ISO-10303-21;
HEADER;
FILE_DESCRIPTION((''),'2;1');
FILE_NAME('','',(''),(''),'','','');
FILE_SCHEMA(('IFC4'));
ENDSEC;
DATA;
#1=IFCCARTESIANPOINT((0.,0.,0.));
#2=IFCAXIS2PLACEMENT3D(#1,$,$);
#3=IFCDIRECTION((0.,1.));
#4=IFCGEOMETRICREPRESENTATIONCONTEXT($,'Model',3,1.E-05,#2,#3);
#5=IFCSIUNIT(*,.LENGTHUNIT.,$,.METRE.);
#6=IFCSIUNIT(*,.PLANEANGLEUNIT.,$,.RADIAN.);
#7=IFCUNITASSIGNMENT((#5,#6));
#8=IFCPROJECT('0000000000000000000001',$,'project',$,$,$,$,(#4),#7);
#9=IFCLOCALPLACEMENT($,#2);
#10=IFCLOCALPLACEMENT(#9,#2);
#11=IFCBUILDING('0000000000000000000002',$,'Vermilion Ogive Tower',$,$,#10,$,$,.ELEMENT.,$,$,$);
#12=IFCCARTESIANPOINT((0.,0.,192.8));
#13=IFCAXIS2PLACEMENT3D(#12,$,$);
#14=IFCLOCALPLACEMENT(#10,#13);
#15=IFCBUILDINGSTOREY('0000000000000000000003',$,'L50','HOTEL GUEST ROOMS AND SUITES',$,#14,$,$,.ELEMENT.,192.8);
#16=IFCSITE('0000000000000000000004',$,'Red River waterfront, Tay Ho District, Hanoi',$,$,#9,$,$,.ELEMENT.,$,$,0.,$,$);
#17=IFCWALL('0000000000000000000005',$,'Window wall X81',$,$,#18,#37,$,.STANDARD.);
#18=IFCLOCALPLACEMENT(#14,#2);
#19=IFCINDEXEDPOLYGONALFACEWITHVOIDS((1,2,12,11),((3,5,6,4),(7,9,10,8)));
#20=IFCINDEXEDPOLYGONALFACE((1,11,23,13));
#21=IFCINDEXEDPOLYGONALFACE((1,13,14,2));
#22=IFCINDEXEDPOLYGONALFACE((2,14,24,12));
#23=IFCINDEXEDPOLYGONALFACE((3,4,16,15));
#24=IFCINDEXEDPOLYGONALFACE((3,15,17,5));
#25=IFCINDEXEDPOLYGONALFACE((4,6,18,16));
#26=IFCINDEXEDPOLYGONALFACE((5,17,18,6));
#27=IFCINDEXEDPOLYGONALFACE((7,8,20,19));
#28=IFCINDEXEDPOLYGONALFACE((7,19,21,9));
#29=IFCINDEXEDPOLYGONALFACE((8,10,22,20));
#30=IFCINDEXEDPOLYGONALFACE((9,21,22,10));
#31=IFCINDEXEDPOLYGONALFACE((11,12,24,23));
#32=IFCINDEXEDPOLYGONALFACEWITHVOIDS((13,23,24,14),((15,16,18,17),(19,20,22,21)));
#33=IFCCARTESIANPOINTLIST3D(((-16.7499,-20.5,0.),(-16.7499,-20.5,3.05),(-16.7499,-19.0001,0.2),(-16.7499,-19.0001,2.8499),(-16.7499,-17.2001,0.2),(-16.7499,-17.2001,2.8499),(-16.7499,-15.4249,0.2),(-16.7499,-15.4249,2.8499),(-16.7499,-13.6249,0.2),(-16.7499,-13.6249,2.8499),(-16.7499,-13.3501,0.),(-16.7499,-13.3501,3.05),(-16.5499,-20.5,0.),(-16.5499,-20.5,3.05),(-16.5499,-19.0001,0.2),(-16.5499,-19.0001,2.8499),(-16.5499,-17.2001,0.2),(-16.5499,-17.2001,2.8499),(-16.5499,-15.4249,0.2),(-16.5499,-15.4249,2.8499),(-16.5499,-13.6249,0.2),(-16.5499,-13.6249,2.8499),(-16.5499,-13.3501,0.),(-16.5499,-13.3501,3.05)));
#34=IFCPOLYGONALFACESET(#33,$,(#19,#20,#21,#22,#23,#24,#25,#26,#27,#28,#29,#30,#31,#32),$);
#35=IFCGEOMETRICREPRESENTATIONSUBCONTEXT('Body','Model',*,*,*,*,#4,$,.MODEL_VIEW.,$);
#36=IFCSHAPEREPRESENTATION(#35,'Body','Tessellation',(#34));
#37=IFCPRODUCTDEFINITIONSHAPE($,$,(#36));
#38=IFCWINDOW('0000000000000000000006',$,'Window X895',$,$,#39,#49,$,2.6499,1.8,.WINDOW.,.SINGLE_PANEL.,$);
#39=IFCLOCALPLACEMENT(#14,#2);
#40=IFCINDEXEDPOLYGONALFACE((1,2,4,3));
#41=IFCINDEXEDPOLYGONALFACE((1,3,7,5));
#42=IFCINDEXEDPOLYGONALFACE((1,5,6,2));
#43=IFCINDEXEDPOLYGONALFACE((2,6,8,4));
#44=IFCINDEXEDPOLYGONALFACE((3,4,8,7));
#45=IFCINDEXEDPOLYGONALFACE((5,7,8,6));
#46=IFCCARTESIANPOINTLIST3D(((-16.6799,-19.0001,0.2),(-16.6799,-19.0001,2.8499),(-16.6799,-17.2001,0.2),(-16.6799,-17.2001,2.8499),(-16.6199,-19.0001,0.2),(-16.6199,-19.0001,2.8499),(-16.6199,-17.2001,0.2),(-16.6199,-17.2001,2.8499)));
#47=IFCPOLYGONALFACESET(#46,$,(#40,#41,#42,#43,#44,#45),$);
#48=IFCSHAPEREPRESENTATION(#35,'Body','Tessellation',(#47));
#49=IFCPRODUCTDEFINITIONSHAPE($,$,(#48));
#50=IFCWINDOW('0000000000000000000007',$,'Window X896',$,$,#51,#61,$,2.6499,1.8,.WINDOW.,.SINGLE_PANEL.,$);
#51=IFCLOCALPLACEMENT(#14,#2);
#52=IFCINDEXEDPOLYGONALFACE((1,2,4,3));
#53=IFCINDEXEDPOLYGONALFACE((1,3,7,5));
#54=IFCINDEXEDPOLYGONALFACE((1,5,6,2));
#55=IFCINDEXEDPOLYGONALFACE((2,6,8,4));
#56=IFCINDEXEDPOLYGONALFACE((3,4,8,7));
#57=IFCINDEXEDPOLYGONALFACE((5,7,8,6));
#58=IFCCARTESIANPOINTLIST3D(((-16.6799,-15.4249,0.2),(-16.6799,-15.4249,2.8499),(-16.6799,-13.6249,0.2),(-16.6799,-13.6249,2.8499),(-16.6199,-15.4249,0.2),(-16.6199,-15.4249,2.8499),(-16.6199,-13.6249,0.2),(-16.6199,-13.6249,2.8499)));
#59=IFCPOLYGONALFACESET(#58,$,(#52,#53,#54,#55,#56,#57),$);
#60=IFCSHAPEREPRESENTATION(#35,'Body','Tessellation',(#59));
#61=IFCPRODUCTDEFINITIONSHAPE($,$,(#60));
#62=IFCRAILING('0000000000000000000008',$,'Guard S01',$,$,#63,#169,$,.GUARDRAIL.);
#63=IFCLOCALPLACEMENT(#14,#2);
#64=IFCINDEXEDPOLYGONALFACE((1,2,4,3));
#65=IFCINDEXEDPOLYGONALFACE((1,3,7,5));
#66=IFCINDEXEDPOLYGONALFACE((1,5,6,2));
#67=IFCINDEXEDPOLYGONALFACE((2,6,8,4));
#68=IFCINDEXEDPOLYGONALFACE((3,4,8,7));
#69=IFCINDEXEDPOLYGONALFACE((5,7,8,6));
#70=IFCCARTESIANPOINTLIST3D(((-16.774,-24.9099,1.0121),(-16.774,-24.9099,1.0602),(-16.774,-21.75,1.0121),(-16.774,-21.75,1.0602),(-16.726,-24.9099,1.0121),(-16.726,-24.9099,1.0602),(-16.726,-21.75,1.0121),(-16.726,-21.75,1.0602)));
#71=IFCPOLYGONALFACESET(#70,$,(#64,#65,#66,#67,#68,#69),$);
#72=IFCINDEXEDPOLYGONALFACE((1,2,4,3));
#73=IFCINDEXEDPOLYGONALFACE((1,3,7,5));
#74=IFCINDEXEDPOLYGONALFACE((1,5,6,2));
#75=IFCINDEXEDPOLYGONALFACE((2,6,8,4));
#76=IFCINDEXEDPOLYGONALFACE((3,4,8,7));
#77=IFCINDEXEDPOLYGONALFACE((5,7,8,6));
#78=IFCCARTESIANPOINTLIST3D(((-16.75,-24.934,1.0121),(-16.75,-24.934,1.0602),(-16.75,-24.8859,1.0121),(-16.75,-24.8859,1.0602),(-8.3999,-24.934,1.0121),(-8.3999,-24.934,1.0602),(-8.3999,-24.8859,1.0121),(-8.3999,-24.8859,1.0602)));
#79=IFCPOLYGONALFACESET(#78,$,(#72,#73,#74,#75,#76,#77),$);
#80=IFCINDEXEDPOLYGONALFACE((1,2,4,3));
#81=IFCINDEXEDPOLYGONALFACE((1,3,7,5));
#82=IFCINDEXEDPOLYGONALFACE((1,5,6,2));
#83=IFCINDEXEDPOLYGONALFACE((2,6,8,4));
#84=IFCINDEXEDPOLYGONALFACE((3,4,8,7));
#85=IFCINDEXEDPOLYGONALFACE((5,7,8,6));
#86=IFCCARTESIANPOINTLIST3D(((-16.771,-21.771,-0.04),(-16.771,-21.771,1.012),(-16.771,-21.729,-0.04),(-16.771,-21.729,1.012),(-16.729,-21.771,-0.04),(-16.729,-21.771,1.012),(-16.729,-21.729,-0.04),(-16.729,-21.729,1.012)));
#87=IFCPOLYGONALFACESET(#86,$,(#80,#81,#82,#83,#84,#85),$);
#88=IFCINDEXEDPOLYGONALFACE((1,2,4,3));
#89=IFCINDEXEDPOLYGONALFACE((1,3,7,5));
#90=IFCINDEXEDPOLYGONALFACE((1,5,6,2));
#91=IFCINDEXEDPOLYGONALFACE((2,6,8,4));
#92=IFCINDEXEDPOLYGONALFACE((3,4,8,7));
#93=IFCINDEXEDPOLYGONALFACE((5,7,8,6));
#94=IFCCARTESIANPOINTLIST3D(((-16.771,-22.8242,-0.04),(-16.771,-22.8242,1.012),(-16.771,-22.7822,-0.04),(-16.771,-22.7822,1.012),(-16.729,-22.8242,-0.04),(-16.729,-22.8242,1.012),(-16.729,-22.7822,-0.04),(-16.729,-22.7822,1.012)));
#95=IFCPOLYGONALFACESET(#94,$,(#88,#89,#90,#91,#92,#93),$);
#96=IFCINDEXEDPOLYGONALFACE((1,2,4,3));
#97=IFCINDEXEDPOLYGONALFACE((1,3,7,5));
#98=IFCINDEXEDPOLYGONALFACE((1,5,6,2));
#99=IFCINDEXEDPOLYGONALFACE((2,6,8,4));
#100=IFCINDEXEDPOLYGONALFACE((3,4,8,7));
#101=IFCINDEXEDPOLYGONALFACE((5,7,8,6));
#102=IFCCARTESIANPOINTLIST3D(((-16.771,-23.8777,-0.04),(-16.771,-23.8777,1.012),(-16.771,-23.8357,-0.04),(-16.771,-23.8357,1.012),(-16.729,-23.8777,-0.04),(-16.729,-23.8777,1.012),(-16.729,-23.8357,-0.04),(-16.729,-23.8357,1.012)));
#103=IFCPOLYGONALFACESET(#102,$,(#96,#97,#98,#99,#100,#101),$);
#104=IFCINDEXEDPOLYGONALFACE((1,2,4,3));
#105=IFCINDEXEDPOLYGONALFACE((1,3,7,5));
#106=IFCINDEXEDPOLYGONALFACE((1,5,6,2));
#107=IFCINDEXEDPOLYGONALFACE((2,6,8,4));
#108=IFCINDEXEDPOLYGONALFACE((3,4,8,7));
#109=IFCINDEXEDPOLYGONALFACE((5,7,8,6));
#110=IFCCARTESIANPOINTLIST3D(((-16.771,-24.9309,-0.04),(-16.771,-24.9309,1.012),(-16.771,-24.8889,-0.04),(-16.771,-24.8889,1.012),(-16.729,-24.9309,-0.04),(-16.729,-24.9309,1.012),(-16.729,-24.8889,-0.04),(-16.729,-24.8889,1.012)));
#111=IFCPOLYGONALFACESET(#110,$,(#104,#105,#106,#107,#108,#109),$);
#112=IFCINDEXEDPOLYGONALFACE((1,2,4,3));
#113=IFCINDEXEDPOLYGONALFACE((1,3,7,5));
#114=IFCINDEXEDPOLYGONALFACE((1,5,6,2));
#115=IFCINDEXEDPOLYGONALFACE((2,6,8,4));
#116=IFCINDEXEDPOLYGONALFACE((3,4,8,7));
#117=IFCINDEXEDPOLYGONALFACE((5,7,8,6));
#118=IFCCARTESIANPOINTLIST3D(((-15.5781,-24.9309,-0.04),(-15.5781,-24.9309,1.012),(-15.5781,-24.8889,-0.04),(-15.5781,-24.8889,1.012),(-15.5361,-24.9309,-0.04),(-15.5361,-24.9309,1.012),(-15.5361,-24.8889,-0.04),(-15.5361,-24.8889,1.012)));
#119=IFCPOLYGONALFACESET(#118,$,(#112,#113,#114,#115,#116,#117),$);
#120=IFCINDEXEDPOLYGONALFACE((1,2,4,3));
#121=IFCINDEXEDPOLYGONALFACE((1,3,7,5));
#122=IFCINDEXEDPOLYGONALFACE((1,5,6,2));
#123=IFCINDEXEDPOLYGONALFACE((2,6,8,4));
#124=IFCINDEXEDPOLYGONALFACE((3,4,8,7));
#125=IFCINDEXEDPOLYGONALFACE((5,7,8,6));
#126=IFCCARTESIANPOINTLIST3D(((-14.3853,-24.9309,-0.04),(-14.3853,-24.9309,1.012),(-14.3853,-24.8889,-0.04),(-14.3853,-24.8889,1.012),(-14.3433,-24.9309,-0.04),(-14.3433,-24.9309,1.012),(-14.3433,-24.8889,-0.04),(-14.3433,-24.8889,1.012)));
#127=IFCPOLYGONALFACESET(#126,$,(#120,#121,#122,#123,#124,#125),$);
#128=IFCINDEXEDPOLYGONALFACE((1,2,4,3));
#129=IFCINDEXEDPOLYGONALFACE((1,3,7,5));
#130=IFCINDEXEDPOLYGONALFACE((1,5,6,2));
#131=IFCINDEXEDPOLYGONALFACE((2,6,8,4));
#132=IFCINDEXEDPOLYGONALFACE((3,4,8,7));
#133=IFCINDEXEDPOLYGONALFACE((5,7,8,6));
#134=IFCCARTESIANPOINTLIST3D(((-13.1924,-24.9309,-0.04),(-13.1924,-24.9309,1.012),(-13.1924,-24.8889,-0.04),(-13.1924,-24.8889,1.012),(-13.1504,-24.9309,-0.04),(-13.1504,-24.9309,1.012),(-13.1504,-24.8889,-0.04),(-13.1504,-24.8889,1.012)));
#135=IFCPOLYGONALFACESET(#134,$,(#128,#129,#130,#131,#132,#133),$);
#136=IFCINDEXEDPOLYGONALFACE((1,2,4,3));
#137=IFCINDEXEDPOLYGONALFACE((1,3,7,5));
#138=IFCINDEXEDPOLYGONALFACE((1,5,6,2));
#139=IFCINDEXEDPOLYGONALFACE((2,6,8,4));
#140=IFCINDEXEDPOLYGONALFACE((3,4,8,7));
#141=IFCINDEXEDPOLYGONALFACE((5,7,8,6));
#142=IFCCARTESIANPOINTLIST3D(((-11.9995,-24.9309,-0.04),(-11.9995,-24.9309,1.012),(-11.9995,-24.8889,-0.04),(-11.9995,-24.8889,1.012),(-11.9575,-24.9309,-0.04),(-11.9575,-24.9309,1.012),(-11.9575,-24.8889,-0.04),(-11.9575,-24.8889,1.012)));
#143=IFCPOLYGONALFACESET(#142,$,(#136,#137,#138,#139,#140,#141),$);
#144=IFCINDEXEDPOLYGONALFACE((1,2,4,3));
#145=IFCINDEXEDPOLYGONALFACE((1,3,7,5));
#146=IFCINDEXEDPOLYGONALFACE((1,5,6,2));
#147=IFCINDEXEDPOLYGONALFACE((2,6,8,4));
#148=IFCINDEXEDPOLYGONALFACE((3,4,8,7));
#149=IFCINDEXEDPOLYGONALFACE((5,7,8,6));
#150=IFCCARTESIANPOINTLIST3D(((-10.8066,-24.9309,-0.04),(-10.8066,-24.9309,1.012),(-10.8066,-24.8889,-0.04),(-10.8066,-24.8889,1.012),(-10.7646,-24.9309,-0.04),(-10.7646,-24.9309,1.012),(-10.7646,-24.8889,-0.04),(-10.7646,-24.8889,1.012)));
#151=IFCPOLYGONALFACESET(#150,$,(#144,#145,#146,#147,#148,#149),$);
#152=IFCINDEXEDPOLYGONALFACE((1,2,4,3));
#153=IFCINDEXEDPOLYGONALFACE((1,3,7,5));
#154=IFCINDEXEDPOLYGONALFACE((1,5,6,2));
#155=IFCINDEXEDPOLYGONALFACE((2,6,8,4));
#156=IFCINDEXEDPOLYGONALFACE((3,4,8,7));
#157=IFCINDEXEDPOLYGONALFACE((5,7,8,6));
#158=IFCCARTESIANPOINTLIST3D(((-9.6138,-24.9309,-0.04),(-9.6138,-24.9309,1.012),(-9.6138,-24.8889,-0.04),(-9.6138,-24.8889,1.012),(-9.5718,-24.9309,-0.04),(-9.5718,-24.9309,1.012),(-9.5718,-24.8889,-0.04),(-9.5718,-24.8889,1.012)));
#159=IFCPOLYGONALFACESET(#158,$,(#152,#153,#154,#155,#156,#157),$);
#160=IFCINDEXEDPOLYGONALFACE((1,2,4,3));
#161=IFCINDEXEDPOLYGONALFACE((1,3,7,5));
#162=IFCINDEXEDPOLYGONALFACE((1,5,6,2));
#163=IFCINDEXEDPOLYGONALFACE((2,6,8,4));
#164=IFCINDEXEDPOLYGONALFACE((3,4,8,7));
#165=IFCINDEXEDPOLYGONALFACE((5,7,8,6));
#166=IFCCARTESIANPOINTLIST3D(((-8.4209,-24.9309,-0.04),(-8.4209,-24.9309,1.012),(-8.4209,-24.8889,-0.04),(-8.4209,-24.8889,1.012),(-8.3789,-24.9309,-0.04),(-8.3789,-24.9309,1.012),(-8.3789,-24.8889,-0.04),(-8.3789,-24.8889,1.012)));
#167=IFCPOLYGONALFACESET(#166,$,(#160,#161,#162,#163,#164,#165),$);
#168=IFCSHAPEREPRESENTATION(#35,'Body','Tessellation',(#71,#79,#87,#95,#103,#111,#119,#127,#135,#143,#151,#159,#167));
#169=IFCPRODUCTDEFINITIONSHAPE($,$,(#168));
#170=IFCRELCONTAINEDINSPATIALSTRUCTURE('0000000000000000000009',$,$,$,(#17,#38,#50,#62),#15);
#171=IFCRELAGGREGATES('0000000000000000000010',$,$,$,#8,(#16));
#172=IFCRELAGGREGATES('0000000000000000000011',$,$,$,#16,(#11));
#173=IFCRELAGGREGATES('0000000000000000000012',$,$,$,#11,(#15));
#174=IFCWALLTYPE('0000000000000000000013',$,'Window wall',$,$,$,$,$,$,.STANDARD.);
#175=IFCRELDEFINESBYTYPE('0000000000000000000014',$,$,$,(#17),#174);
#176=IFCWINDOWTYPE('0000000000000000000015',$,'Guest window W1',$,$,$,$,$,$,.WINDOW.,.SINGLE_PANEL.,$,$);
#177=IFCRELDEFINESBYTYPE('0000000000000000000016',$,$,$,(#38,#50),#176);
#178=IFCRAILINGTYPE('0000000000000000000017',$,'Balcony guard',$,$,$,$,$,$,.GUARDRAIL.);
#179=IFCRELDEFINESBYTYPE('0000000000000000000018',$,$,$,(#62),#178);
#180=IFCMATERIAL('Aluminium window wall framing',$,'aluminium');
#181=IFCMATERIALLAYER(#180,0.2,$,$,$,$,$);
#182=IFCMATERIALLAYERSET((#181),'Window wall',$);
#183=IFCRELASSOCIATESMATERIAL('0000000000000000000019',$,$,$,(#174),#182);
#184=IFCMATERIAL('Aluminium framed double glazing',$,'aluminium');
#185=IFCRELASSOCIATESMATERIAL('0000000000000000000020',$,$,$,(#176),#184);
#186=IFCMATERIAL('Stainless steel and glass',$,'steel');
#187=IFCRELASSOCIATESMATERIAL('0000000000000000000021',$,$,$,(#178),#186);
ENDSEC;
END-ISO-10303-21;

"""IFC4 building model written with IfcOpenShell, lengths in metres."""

from ifc_helpers import new_model, si_unit, direction, frame, frame_2d, origin, origin_2d, place, context, subcontext, project, spatial, rectangle, extrude, material, layer, layer_set, type_object, element, fill, save


model = new_model("IFC4")

# Units and contexts
model_context = context("Model", 3, precision=1e-05, world=origin(), true_north=direction((0.0, 1.0)))
body_context = subcontext(model_context, "Body", "Model", "MODEL_VIEW")
ifc_project = project(units=[si_unit("LENGTHUNIT", "METRE"), si_unit("PLANEANGLEUNIT", "RADIAN")], contexts=[model_context])

# Site, building, storey
site_placement = place(None, origin())
site = spatial("IfcSite", under=ifc_project, at=site_placement, Name="Red River waterfront, Tay Ho District, Hanoi", CompositionType="ELEMENT", RefElevation=0.0)
building_placement = place(site_placement, origin())
building = spatial("IfcBuilding", under=site, at=building_placement, Name="Vermilion Ogive Tower", CompositionType="ELEMENT")
storey_placement = place(building_placement, frame((0.0, 0.0, 192.8)))
storey = spatial("IfcBuildingStorey", under=building, at=storey_placement, Name="L50", Description="HOTEL GUEST ROOMS AND SUITES", CompositionType="ELEMENT", Elevation=192.8)

# Shared definitions
ifc_material_1 = material(Name="Aluminium window wall framing", Category="aluminium")
ifc_layer_1 = layer(ifc_material_1, 0.2)
ifc_layer_set_1 = layer_set([ifc_layer_1], Name="Window wall")
wall_type_1 = type_object("IfcWallType", Name="Window wall", PredefinedType="STANDARD", material=ifc_layer_set_1)

# Wall, openings, windows
wall_1_placement = place(storey_placement, frame((-16.6499, -13.3501, 0.0), z_axis=(0.0, 0.0, 1.0), x_axis=(0.0, -1.0, 0.0)))
wall_1 = element("IfcWall", 1, at=wall_1_placement, inside=storey, type_object=wall_type_1, Name="Window wall X81", PredefinedType="STANDARD", context=body_context, shape_type="SweptSolid", body=[
    extrude(rectangle(XDim=7.1499, YDim=0.2, at=frame_2d((3.575, 0.0))), origin(), (0.0, 0.0, 1.0), 3.05),
])
opening_1_placement = place(wall_1_placement, frame((3.8501, 0.0, 0.2)))
opening_1 = element("IfcOpeningElement", 2, at=opening_1_placement, cuts=wall_1, PredefinedType="OPENING", context=body_context, shape_type="SweptSolid", body=[
    extrude(rectangle(XDim=1.8, YDim=2.6499, at=frame_2d((0.8999, 1.325))), frame((0.0, 0.1099, 0.0), z_axis=(0.0, -1.0, 0.0), x_axis=(1.0, 0.0, 0.0)), (0.0, 0.0, 1.0), 0.22),
])
opening_2_placement = place(wall_1_placement, frame((0.2749, 0.0, 0.2)))
opening_2 = element("IfcOpeningElement", 3, at=opening_2_placement, cuts=wall_1, PredefinedType="OPENING", context=body_context, shape_type="SweptSolid", body=[
    extrude(rectangle(XDim=1.8, YDim=2.6499, at=frame_2d((0.8999, 1.325))), frame((0.0, 0.1099, 0.0), z_axis=(0.0, -1.0, 0.0), x_axis=(1.0, 0.0, 0.0)), (0.0, 0.0, 1.0), 0.22),
])
ifc_material_2 = material(Name="Aluminium framed double glazing", Category="aluminium")
window_type = type_object("IfcWindowType", Name="Guest window W1", PartitioningType="SINGLE_PANEL", PredefinedType="WINDOW", material=ifc_material_2)
window_1_placement = place(opening_1_placement, origin())
window_1 = element("IfcWindow", 4, at=window_1_placement, inside=storey, type_object=window_type, Name="Window X895", OverallHeight=2.6499, OverallWidth=1.8, PartitioningType="SINGLE_PANEL", PredefinedType="WINDOW", context=body_context, shape_type="SweptSolid", body=[
    extrude(rectangle(XDim=1.8, YDim=2.6499, at=frame_2d((0.8999, 1.325))), frame((0.0, 0.03, 0.0), z_axis=(0.0, -1.0, 0.0), x_axis=(1.0, 0.0, 0.0)), (0.0, 0.0, 1.0), 0.0601),
])
fill(opening_1, window_1)
window_2_placement = place(opening_2_placement, origin())
window_2 = element("IfcWindow", 5, at=window_2_placement, inside=storey, type_object=window_type, Name="Window X896", OverallHeight=2.6499, OverallWidth=1.8, PartitioningType="SINGLE_PANEL", PredefinedType="WINDOW", context=body_context, shape_type="SweptSolid", body=[
    extrude(rectangle(XDim=1.8, YDim=2.6499, at=frame_2d((0.8999, 1.325))), frame((0.0, 0.03, 0.0), z_axis=(0.0, -1.0, 0.0), x_axis=(1.0, 0.0, 0.0)), (0.0, 0.0, 1.0), 0.0601),
])
fill(opening_2, window_2)

# Railing
ifc_material_3 = material(Name="Stainless steel and glass", Category="steel")
railing_type = type_object("IfcRailingType", Name="Balcony guard", PredefinedType="GUARDRAIL", material=ifc_material_3)
railing_placement = place(storey_placement, frame((-16.75, -21.75, -0.04)))
element("IfcRailing", 6, at=railing_placement, inside=storey, type_object=railing_type, Name="Guard S01", PredefinedType="GUARDRAIL", context=body_context, shape_type="SweptSolid", body=[
    extrude(rectangle(XDim=0.0481, YDim=0.0481, at=origin_2d()), frame((0.0, 0.0, 1.0762), z_axis=(0.0, -1.0, 0.0), x_axis=(1.0, 0.0, 0.0)), (0.0, 0.0, 1.0), 3.1599),
    extrude(rectangle(XDim=0.0481, YDim=0.0481, at=origin_2d()), frame((0.0, -3.1599, 1.0762), z_axis=(1.0, 0.0, 0.0), x_axis=(0.0, 1.0, 0.0)), (0.0, 0.0, 1.0), 8.3501),
    extrude(rectangle(XDim=0.042, YDim=0.042, at=origin_2d()), origin(), (0.0, 0.0, 1.0), 1.052),
    extrude(rectangle(XDim=0.042, YDim=0.042, at=origin_2d()), frame((0.0, -1.0532, 0.0)), (0.0, 0.0, 1.0), 1.052),
    extrude(rectangle(XDim=0.042, YDim=0.042, at=origin_2d()), frame((0.0, -2.1067, 0.0)), (0.0, 0.0, 1.0), 1.052),
    extrude(rectangle(XDim=0.042, YDim=0.042, at=origin_2d()), frame((0.0, -3.1599, 0.0)), (0.0, 0.0, 1.0), 1.052),
    extrude(rectangle(XDim=0.042, YDim=0.042, at=origin_2d()), frame((1.1929, -3.1599, 0.0)), (0.0, 0.0, 1.0), 1.052),
    extrude(rectangle(XDim=0.042, YDim=0.042, at=origin_2d()), frame((2.3857, -3.1599, 0.0)), (0.0, 0.0, 1.0), 1.052),
    extrude(rectangle(XDim=0.042, YDim=0.042, at=origin_2d()), frame((3.5786, -3.1599, 0.0)), (0.0, 0.0, 1.0), 1.052),
    extrude(rectangle(XDim=0.042, YDim=0.042, at=origin_2d()), frame((4.7715, -3.1599, 0.0)), (0.0, 0.0, 1.0), 1.052),
    extrude(rectangle(XDim=0.042, YDim=0.042, at=origin_2d()), frame((5.9644, -3.1599, 0.0)), (0.0, 0.0, 1.0), 1.052),
    extrude(rectangle(XDim=0.042, YDim=0.042, at=origin_2d()), frame((7.1572, -3.1599, 0.0)), (0.0, 0.0, 1.0), 1.052),
    extrude(rectangle(XDim=0.042, YDim=0.042, at=origin_2d()), frame((8.3501, -3.1599, 0.0)), (0.0, 0.0, 1.0), 1.052),
])

save(model, "model.ifc")
